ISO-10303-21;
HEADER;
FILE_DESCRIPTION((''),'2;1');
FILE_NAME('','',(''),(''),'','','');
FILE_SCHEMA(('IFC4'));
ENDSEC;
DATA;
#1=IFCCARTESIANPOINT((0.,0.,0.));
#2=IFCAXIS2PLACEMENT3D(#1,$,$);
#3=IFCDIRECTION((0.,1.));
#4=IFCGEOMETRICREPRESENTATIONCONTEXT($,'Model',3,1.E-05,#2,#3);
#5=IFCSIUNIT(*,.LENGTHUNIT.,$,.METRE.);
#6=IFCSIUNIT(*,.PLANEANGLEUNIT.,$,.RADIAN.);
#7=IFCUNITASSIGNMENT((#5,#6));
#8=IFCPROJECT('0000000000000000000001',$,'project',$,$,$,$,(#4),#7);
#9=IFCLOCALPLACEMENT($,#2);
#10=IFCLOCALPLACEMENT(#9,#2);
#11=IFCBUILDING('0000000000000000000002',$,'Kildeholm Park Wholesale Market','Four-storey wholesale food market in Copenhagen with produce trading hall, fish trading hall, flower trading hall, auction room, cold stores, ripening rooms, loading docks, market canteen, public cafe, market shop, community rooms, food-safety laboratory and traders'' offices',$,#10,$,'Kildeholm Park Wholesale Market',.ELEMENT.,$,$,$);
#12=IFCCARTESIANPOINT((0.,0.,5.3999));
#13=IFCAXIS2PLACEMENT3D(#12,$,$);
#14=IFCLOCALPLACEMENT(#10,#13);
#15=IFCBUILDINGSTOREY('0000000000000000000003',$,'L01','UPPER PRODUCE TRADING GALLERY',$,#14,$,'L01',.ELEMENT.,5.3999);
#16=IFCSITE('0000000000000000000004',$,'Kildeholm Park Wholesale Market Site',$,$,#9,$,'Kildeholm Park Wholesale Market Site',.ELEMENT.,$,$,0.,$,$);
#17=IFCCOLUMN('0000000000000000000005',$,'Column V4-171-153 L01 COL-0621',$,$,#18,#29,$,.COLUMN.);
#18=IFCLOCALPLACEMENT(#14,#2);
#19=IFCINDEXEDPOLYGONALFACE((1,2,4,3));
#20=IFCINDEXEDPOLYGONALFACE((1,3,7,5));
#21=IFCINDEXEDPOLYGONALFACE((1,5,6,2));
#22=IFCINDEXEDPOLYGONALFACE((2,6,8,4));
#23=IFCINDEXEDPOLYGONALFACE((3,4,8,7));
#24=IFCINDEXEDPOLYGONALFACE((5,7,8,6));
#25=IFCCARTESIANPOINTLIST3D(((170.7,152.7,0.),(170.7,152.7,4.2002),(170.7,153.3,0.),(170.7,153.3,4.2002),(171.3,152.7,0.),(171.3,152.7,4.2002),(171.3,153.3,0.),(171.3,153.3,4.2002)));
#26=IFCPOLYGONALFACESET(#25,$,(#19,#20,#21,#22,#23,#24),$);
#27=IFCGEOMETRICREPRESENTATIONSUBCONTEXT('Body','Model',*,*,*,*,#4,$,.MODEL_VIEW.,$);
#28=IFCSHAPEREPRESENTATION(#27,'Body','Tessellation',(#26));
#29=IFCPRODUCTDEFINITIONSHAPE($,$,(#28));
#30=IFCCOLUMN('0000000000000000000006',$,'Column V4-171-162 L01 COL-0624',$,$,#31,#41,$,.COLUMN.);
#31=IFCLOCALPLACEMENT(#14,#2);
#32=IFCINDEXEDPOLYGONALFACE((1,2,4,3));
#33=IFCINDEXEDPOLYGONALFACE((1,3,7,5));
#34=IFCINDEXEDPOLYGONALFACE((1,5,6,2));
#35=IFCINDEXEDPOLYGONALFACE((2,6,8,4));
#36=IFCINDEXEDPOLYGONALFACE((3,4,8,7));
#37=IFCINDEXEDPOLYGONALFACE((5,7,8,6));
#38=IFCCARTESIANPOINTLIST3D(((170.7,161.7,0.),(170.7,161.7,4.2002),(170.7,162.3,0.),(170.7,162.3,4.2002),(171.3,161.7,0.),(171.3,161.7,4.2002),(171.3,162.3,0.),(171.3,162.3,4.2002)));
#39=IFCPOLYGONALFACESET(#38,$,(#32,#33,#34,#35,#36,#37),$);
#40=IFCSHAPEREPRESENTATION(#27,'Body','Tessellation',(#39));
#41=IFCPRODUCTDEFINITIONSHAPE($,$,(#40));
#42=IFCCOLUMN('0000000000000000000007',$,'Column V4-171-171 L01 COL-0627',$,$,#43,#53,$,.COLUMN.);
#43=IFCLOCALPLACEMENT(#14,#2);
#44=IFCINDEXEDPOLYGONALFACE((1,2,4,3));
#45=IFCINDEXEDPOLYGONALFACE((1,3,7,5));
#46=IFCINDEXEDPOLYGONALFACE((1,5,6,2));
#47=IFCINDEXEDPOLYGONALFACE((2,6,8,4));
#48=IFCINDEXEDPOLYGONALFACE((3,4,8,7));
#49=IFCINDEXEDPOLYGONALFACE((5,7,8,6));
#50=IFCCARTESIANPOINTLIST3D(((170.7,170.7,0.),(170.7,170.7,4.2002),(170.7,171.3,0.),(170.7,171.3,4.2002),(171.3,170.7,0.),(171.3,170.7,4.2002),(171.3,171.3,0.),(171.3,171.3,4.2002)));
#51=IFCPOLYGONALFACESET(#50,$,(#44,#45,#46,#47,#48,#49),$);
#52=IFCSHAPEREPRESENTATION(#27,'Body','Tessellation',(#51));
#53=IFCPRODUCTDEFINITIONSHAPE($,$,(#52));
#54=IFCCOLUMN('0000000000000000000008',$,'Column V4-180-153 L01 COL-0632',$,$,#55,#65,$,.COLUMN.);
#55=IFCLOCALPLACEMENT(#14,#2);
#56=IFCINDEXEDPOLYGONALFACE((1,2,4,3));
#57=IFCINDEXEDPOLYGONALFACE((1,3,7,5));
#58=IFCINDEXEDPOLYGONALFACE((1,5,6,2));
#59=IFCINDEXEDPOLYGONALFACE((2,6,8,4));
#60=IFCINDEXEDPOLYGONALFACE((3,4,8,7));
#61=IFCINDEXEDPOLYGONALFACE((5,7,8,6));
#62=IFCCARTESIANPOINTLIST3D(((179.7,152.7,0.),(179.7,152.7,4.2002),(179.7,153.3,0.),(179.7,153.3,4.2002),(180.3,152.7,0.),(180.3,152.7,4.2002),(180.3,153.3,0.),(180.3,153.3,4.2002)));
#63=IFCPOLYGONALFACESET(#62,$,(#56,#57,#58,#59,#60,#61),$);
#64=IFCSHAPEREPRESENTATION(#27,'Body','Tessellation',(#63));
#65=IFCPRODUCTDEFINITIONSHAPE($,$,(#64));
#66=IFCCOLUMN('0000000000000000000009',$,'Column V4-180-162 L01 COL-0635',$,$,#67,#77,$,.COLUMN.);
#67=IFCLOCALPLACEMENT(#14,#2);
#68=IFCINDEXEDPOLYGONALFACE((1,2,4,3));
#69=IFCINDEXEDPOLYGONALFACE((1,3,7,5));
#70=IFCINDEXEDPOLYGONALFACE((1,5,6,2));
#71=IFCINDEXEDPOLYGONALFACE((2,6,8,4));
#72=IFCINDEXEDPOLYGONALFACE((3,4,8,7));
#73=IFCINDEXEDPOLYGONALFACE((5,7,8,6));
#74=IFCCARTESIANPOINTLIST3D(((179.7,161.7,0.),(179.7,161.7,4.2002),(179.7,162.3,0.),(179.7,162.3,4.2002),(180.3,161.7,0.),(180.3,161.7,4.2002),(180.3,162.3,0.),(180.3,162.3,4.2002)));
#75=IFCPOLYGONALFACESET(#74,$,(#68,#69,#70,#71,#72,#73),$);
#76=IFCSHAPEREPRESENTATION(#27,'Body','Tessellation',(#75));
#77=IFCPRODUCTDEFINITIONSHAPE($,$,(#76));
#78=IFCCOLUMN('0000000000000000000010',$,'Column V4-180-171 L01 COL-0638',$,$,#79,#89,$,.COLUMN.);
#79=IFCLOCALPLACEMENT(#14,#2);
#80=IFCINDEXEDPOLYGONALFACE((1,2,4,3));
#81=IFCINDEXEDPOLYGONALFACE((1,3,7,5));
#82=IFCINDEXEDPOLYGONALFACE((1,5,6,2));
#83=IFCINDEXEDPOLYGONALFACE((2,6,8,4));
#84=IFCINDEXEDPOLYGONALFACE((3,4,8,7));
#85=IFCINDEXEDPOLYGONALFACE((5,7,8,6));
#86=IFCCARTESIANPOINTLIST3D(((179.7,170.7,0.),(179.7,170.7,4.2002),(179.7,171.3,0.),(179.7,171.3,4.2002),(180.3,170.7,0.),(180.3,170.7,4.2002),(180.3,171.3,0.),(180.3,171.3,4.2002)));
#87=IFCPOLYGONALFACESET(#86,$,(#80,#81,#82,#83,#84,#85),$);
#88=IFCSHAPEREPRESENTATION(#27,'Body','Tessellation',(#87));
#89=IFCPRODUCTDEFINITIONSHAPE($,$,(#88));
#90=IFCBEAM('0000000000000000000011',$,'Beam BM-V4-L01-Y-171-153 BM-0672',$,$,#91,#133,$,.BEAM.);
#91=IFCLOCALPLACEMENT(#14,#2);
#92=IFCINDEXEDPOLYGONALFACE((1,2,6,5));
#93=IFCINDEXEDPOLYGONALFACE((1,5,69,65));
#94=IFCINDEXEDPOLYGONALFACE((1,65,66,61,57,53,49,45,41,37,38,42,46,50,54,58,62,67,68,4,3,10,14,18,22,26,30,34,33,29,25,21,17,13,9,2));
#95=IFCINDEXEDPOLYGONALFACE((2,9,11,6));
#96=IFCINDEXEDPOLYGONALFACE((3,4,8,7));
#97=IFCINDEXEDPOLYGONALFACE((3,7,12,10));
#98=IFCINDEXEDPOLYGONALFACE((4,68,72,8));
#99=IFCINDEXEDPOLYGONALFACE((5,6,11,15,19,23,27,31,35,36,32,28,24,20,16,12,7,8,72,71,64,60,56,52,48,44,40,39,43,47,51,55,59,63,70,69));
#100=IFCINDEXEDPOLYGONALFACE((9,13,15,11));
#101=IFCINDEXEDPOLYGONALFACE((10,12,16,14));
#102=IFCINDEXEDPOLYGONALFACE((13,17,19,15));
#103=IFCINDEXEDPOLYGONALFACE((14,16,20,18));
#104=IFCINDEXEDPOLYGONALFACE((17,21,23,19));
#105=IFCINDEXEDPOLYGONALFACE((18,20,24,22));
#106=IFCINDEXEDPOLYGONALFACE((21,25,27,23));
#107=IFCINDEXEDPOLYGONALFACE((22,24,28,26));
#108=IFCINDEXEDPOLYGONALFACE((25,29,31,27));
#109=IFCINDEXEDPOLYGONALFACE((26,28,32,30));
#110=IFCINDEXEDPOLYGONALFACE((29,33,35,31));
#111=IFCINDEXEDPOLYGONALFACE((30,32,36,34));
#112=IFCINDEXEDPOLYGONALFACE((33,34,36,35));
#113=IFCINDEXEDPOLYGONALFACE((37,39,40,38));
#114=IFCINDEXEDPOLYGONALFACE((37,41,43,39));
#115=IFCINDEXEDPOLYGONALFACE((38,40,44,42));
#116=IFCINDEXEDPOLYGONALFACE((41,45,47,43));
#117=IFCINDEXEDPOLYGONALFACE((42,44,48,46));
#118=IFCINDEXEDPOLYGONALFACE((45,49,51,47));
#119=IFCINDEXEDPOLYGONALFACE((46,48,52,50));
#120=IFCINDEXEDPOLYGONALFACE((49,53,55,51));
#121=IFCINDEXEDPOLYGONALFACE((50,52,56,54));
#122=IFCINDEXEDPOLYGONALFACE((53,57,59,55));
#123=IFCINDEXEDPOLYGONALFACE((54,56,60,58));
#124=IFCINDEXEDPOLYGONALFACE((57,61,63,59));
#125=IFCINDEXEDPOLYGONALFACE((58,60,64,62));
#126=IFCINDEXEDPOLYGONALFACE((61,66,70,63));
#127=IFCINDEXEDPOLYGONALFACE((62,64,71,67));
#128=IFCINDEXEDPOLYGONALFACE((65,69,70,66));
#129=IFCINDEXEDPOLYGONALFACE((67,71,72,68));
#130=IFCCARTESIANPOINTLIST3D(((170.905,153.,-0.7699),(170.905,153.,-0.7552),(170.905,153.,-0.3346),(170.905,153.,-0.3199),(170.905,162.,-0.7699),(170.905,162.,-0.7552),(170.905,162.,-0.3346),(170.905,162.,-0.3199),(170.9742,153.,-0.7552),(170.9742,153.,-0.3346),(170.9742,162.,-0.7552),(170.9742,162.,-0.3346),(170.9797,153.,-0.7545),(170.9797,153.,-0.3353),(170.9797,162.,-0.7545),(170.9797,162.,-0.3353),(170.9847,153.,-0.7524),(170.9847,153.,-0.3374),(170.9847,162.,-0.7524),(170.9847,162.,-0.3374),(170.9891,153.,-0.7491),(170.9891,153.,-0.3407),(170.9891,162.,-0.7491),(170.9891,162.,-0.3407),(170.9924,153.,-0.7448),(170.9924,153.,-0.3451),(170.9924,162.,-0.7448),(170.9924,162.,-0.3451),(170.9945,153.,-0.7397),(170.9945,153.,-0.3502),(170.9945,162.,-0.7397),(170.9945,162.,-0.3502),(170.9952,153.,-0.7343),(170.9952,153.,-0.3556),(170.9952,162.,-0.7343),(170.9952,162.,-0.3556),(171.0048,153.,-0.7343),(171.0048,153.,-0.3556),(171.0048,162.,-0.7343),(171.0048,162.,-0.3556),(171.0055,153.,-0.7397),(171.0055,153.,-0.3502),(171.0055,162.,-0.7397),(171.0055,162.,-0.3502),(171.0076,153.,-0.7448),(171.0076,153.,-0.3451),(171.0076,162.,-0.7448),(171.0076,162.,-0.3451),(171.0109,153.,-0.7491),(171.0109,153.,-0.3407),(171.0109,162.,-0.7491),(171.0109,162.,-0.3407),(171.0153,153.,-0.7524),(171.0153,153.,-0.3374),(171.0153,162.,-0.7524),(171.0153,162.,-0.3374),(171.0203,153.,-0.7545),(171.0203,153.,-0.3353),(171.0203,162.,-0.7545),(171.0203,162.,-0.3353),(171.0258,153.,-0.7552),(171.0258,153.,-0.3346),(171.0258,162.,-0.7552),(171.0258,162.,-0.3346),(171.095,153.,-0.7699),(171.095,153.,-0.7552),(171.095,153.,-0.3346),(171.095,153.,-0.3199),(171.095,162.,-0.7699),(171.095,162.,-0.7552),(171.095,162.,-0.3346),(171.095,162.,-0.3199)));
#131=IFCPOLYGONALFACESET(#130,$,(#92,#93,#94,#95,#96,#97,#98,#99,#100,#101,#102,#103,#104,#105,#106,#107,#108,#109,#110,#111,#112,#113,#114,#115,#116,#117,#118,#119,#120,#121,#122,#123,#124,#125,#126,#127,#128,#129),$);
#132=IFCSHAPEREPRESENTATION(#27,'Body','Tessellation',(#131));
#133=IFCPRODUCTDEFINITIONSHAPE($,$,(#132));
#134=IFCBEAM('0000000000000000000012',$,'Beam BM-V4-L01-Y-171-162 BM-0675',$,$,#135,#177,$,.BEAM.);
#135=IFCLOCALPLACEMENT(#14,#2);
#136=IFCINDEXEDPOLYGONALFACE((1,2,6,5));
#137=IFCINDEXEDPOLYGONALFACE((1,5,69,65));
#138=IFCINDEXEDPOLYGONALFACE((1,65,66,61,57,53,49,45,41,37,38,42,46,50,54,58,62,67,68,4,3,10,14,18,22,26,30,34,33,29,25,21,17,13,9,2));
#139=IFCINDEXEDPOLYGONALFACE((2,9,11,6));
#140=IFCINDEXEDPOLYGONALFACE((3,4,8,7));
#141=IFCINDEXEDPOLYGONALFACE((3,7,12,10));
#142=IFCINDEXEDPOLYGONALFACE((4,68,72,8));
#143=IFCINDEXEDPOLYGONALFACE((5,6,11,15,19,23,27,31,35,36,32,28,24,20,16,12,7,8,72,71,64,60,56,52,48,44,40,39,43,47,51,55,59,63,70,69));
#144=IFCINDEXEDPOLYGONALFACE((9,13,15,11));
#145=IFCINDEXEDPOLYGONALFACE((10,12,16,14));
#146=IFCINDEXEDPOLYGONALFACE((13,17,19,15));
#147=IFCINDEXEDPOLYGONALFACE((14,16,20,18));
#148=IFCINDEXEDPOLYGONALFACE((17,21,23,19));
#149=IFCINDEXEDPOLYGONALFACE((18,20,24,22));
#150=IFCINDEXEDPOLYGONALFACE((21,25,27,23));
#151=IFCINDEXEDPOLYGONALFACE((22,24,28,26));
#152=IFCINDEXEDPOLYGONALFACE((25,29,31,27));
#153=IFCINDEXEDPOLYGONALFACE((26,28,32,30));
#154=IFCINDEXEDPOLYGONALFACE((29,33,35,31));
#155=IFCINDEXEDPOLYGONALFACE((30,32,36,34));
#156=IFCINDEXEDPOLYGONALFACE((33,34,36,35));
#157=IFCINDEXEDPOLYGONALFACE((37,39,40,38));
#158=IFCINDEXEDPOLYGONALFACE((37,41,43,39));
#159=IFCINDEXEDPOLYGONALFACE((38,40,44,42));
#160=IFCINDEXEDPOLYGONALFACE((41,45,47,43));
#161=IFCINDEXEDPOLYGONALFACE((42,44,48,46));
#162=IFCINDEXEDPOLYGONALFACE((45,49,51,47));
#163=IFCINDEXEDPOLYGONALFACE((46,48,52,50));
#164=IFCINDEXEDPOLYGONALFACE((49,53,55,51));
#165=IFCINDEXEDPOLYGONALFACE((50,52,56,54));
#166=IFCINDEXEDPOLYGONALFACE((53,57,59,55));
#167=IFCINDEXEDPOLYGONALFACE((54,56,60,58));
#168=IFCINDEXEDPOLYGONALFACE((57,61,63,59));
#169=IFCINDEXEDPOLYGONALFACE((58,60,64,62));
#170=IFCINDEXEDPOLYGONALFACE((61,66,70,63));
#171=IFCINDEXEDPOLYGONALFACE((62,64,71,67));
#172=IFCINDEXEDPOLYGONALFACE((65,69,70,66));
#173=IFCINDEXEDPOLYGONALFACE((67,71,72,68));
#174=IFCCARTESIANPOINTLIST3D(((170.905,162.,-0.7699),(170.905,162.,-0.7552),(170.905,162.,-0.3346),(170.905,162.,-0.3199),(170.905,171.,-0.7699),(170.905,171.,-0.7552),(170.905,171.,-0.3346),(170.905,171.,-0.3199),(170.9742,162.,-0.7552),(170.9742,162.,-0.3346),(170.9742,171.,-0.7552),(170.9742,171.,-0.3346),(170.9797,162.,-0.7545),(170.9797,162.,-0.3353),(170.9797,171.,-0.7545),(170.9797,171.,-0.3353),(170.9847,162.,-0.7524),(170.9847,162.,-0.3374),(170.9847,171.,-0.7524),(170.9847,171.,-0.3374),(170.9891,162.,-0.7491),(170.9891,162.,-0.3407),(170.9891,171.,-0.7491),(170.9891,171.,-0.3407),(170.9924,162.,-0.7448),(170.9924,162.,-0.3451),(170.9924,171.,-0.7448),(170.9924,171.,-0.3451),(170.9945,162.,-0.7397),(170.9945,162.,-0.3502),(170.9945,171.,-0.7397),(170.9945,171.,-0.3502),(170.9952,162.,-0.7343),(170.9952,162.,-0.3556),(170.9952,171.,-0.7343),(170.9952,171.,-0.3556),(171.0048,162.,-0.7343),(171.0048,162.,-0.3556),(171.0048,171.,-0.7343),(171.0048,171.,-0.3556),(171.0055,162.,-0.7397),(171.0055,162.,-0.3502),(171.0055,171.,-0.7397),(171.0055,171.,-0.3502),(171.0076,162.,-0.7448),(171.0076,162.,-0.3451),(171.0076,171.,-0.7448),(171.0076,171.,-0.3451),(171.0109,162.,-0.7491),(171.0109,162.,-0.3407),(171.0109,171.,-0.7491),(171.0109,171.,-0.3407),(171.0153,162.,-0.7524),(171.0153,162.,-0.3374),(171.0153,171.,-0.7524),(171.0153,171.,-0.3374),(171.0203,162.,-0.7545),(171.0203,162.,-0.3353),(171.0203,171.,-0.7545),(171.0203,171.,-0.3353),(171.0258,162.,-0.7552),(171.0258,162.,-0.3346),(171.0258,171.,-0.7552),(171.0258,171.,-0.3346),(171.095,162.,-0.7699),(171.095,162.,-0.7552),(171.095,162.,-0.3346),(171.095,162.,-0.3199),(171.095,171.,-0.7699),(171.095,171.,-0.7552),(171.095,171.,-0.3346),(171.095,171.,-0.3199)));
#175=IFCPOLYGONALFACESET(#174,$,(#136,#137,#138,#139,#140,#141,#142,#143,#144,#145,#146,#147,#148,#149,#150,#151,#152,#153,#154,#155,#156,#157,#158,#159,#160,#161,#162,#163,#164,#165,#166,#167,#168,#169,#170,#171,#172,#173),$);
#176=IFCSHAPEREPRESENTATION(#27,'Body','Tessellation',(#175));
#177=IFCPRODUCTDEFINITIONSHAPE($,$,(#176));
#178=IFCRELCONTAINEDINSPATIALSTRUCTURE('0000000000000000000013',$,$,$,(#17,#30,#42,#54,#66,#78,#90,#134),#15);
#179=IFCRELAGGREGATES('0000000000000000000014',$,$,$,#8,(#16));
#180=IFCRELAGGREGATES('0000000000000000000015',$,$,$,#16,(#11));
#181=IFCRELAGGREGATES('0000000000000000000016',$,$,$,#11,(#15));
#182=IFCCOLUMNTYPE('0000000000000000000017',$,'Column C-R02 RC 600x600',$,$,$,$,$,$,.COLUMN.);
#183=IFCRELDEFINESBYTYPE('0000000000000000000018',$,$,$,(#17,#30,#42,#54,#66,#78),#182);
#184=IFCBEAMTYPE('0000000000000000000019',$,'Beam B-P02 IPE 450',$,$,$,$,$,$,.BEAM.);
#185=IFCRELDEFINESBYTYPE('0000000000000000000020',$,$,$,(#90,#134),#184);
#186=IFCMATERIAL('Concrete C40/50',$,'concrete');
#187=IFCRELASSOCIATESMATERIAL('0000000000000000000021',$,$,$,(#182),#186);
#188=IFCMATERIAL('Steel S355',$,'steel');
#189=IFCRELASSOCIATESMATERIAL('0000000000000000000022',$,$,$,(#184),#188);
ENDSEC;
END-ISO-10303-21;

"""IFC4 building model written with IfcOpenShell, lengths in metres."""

from ifc_helpers import new_model, si_unit, direction, frame, origin, origin_2d, place, context, subcontext, project, spatial, rectangle, i_section, extrude, material, material_profile, profile_set, type_object, element, save


model = new_model("IFC4")

# Units and contexts
model_context = context("Model", 3, precision=1e-05, world=origin(), true_north=direction((0.0, 1.0)))
body_context = subcontext(model_context, "Body", "Model", "MODEL_VIEW")
ifc_project = project(units=[si_unit("LENGTHUNIT", "METRE"), si_unit("PLANEANGLEUNIT", "RADIAN")], contexts=[model_context])

# Site, building, storey
site_placement = place(None, origin())
site = spatial("IfcSite", under=ifc_project, at=site_placement, Name="Kildeholm Park Wholesale Market Site", LongName="Kildeholm Park Wholesale Market Site", CompositionType="ELEMENT", RefElevation=0.0)
building_placement = place(site_placement, origin())
building = spatial("IfcBuilding", under=site, at=building_placement, Name="Kildeholm Park Wholesale Market", Description="Four-storey wholesale food market in Copenhagen with produce trading hall, fish trading hall, flower trading hall, auction room, cold stores, ripening rooms, loading docks, market canteen, public cafe, market shop, community rooms, food-safety laboratory and traders' offices", LongName="Kildeholm Park Wholesale Market", CompositionType="ELEMENT")
storey_placement = place(building_placement, frame((0.0, 0.0, 5.3999)))
storey = spatial("IfcBuildingStorey", under=building, at=storey_placement, Name="L01", Description="UPPER PRODUCE TRADING GALLERY", LongName="L01", CompositionType="ELEMENT", Elevation=5.3999)

# Columns
ifc_material_1 = material(Name="Concrete C40/50", Category="concrete")
ifc_material_profile_1 = material_profile(ifc_material_1, rectangle(XDim=0.6001, YDim=0.6001, at=origin_2d()), Name="RC 600x600")
ifc_profile_set_1 = profile_set([ifc_material_profile_1], Name="Concrete C40/50")
column_type = type_object("IfcColumnType", Name="Column C-R02 RC 600x600", PredefinedType="COLUMN", material=ifc_profile_set_1)
for number, where, z_axis, x_axis, name in (
    (1, (171.0, 153.0, 0.0), (0.0, 0.0, 1.0), (1.0, 0.0, 0.0), "Column V4-171-153 L01 COL-0621"),
    (2, (171.0, 162.0, 0.0), (0.0, 0.0, 1.0), (1.0, 0.0, 0.0), "Column V4-171-162 L01 COL-0624"),
    (3, (171.0, 171.0, 0.0), (0.0, 0.0, 1.0), (1.0, 0.0, 0.0), "Column V4-171-171 L01 COL-0627"),
    (4, (180.0, 153.0, 0.0), (0.0, 0.0, 1.0), (1.0, 0.0, 0.0), "Column V4-180-153 L01 COL-0632"),
    (5, (180.0, 162.0, 0.0), (0.0, 0.0, 1.0), (1.0, 0.0, 0.0), "Column V4-180-162 L01 COL-0635"),
    (6, (180.0, 171.0, 0.0), (0.0, 0.0, 1.0), (1.0, 0.0, 0.0), "Column V4-180-171 L01 COL-0638"),
):
    element("IfcColumn", number, at=place(storey_placement, frame(where, z_axis=z_axis, x_axis=x_axis)), inside=storey, type_object=column_type, Name=name, PredefinedType="COLUMN", context=body_context, shape_type="SweptSolid", body=[
        extrude(rectangle(XDim=0.6001, YDim=0.6001, at=origin_2d()), origin(), (0.0, 0.0, 1.0), 4.2002),
    ])

# Beams
ifc_material_2 = material(Name="Steel S355", Category="steel")
ifc_material_profile_2 = material_profile(ifc_material_2, i_section(OverallWidth=0.1899, OverallDepth=0.45, WebThickness=0.0095, FlangeThickness=0.0146, FilletRadius=0.021, at=origin_2d()), Name="IPE 450")
ifc_profile_set_2 = profile_set([ifc_material_profile_2], Name="Steel S355")
beam_type_1 = type_object("IfcBeamType", Name="Beam B-P02 IPE 450", PredefinedType="BEAM", material=ifc_profile_set_2)
for number, where, z_axis, x_axis, name in (
    (7, (171.0, 153.0, -0.5449), (0.0, 1.0, 0.0), (-1.0, 0.0, 0.0), "Beam BM-V4-L01-Y-171-153 BM-0672"),
    (8, (171.0, 162.0, -0.5449), (0.0, 1.0, 0.0), (-1.0, 0.0, 0.0), "Beam BM-V4-L01-Y-171-162 BM-0675"),
):
    element("IfcBeam", number, at=place(storey_placement, frame(where, z_axis=z_axis, x_axis=x_axis)), inside=storey, type_object=beam_type_1, Name=name, PredefinedType="BEAM", context=body_context, shape_type="SweptSolid", body=[
        extrude(i_section(OverallWidth=0.1899, OverallDepth=0.45, WebThickness=0.0095, FlangeThickness=0.0146, FilletRadius=0.021, at=origin_2d()), origin(), (0.0, 0.0, 1.0), 9.0),
    ])

save(model, "model.ifc")
